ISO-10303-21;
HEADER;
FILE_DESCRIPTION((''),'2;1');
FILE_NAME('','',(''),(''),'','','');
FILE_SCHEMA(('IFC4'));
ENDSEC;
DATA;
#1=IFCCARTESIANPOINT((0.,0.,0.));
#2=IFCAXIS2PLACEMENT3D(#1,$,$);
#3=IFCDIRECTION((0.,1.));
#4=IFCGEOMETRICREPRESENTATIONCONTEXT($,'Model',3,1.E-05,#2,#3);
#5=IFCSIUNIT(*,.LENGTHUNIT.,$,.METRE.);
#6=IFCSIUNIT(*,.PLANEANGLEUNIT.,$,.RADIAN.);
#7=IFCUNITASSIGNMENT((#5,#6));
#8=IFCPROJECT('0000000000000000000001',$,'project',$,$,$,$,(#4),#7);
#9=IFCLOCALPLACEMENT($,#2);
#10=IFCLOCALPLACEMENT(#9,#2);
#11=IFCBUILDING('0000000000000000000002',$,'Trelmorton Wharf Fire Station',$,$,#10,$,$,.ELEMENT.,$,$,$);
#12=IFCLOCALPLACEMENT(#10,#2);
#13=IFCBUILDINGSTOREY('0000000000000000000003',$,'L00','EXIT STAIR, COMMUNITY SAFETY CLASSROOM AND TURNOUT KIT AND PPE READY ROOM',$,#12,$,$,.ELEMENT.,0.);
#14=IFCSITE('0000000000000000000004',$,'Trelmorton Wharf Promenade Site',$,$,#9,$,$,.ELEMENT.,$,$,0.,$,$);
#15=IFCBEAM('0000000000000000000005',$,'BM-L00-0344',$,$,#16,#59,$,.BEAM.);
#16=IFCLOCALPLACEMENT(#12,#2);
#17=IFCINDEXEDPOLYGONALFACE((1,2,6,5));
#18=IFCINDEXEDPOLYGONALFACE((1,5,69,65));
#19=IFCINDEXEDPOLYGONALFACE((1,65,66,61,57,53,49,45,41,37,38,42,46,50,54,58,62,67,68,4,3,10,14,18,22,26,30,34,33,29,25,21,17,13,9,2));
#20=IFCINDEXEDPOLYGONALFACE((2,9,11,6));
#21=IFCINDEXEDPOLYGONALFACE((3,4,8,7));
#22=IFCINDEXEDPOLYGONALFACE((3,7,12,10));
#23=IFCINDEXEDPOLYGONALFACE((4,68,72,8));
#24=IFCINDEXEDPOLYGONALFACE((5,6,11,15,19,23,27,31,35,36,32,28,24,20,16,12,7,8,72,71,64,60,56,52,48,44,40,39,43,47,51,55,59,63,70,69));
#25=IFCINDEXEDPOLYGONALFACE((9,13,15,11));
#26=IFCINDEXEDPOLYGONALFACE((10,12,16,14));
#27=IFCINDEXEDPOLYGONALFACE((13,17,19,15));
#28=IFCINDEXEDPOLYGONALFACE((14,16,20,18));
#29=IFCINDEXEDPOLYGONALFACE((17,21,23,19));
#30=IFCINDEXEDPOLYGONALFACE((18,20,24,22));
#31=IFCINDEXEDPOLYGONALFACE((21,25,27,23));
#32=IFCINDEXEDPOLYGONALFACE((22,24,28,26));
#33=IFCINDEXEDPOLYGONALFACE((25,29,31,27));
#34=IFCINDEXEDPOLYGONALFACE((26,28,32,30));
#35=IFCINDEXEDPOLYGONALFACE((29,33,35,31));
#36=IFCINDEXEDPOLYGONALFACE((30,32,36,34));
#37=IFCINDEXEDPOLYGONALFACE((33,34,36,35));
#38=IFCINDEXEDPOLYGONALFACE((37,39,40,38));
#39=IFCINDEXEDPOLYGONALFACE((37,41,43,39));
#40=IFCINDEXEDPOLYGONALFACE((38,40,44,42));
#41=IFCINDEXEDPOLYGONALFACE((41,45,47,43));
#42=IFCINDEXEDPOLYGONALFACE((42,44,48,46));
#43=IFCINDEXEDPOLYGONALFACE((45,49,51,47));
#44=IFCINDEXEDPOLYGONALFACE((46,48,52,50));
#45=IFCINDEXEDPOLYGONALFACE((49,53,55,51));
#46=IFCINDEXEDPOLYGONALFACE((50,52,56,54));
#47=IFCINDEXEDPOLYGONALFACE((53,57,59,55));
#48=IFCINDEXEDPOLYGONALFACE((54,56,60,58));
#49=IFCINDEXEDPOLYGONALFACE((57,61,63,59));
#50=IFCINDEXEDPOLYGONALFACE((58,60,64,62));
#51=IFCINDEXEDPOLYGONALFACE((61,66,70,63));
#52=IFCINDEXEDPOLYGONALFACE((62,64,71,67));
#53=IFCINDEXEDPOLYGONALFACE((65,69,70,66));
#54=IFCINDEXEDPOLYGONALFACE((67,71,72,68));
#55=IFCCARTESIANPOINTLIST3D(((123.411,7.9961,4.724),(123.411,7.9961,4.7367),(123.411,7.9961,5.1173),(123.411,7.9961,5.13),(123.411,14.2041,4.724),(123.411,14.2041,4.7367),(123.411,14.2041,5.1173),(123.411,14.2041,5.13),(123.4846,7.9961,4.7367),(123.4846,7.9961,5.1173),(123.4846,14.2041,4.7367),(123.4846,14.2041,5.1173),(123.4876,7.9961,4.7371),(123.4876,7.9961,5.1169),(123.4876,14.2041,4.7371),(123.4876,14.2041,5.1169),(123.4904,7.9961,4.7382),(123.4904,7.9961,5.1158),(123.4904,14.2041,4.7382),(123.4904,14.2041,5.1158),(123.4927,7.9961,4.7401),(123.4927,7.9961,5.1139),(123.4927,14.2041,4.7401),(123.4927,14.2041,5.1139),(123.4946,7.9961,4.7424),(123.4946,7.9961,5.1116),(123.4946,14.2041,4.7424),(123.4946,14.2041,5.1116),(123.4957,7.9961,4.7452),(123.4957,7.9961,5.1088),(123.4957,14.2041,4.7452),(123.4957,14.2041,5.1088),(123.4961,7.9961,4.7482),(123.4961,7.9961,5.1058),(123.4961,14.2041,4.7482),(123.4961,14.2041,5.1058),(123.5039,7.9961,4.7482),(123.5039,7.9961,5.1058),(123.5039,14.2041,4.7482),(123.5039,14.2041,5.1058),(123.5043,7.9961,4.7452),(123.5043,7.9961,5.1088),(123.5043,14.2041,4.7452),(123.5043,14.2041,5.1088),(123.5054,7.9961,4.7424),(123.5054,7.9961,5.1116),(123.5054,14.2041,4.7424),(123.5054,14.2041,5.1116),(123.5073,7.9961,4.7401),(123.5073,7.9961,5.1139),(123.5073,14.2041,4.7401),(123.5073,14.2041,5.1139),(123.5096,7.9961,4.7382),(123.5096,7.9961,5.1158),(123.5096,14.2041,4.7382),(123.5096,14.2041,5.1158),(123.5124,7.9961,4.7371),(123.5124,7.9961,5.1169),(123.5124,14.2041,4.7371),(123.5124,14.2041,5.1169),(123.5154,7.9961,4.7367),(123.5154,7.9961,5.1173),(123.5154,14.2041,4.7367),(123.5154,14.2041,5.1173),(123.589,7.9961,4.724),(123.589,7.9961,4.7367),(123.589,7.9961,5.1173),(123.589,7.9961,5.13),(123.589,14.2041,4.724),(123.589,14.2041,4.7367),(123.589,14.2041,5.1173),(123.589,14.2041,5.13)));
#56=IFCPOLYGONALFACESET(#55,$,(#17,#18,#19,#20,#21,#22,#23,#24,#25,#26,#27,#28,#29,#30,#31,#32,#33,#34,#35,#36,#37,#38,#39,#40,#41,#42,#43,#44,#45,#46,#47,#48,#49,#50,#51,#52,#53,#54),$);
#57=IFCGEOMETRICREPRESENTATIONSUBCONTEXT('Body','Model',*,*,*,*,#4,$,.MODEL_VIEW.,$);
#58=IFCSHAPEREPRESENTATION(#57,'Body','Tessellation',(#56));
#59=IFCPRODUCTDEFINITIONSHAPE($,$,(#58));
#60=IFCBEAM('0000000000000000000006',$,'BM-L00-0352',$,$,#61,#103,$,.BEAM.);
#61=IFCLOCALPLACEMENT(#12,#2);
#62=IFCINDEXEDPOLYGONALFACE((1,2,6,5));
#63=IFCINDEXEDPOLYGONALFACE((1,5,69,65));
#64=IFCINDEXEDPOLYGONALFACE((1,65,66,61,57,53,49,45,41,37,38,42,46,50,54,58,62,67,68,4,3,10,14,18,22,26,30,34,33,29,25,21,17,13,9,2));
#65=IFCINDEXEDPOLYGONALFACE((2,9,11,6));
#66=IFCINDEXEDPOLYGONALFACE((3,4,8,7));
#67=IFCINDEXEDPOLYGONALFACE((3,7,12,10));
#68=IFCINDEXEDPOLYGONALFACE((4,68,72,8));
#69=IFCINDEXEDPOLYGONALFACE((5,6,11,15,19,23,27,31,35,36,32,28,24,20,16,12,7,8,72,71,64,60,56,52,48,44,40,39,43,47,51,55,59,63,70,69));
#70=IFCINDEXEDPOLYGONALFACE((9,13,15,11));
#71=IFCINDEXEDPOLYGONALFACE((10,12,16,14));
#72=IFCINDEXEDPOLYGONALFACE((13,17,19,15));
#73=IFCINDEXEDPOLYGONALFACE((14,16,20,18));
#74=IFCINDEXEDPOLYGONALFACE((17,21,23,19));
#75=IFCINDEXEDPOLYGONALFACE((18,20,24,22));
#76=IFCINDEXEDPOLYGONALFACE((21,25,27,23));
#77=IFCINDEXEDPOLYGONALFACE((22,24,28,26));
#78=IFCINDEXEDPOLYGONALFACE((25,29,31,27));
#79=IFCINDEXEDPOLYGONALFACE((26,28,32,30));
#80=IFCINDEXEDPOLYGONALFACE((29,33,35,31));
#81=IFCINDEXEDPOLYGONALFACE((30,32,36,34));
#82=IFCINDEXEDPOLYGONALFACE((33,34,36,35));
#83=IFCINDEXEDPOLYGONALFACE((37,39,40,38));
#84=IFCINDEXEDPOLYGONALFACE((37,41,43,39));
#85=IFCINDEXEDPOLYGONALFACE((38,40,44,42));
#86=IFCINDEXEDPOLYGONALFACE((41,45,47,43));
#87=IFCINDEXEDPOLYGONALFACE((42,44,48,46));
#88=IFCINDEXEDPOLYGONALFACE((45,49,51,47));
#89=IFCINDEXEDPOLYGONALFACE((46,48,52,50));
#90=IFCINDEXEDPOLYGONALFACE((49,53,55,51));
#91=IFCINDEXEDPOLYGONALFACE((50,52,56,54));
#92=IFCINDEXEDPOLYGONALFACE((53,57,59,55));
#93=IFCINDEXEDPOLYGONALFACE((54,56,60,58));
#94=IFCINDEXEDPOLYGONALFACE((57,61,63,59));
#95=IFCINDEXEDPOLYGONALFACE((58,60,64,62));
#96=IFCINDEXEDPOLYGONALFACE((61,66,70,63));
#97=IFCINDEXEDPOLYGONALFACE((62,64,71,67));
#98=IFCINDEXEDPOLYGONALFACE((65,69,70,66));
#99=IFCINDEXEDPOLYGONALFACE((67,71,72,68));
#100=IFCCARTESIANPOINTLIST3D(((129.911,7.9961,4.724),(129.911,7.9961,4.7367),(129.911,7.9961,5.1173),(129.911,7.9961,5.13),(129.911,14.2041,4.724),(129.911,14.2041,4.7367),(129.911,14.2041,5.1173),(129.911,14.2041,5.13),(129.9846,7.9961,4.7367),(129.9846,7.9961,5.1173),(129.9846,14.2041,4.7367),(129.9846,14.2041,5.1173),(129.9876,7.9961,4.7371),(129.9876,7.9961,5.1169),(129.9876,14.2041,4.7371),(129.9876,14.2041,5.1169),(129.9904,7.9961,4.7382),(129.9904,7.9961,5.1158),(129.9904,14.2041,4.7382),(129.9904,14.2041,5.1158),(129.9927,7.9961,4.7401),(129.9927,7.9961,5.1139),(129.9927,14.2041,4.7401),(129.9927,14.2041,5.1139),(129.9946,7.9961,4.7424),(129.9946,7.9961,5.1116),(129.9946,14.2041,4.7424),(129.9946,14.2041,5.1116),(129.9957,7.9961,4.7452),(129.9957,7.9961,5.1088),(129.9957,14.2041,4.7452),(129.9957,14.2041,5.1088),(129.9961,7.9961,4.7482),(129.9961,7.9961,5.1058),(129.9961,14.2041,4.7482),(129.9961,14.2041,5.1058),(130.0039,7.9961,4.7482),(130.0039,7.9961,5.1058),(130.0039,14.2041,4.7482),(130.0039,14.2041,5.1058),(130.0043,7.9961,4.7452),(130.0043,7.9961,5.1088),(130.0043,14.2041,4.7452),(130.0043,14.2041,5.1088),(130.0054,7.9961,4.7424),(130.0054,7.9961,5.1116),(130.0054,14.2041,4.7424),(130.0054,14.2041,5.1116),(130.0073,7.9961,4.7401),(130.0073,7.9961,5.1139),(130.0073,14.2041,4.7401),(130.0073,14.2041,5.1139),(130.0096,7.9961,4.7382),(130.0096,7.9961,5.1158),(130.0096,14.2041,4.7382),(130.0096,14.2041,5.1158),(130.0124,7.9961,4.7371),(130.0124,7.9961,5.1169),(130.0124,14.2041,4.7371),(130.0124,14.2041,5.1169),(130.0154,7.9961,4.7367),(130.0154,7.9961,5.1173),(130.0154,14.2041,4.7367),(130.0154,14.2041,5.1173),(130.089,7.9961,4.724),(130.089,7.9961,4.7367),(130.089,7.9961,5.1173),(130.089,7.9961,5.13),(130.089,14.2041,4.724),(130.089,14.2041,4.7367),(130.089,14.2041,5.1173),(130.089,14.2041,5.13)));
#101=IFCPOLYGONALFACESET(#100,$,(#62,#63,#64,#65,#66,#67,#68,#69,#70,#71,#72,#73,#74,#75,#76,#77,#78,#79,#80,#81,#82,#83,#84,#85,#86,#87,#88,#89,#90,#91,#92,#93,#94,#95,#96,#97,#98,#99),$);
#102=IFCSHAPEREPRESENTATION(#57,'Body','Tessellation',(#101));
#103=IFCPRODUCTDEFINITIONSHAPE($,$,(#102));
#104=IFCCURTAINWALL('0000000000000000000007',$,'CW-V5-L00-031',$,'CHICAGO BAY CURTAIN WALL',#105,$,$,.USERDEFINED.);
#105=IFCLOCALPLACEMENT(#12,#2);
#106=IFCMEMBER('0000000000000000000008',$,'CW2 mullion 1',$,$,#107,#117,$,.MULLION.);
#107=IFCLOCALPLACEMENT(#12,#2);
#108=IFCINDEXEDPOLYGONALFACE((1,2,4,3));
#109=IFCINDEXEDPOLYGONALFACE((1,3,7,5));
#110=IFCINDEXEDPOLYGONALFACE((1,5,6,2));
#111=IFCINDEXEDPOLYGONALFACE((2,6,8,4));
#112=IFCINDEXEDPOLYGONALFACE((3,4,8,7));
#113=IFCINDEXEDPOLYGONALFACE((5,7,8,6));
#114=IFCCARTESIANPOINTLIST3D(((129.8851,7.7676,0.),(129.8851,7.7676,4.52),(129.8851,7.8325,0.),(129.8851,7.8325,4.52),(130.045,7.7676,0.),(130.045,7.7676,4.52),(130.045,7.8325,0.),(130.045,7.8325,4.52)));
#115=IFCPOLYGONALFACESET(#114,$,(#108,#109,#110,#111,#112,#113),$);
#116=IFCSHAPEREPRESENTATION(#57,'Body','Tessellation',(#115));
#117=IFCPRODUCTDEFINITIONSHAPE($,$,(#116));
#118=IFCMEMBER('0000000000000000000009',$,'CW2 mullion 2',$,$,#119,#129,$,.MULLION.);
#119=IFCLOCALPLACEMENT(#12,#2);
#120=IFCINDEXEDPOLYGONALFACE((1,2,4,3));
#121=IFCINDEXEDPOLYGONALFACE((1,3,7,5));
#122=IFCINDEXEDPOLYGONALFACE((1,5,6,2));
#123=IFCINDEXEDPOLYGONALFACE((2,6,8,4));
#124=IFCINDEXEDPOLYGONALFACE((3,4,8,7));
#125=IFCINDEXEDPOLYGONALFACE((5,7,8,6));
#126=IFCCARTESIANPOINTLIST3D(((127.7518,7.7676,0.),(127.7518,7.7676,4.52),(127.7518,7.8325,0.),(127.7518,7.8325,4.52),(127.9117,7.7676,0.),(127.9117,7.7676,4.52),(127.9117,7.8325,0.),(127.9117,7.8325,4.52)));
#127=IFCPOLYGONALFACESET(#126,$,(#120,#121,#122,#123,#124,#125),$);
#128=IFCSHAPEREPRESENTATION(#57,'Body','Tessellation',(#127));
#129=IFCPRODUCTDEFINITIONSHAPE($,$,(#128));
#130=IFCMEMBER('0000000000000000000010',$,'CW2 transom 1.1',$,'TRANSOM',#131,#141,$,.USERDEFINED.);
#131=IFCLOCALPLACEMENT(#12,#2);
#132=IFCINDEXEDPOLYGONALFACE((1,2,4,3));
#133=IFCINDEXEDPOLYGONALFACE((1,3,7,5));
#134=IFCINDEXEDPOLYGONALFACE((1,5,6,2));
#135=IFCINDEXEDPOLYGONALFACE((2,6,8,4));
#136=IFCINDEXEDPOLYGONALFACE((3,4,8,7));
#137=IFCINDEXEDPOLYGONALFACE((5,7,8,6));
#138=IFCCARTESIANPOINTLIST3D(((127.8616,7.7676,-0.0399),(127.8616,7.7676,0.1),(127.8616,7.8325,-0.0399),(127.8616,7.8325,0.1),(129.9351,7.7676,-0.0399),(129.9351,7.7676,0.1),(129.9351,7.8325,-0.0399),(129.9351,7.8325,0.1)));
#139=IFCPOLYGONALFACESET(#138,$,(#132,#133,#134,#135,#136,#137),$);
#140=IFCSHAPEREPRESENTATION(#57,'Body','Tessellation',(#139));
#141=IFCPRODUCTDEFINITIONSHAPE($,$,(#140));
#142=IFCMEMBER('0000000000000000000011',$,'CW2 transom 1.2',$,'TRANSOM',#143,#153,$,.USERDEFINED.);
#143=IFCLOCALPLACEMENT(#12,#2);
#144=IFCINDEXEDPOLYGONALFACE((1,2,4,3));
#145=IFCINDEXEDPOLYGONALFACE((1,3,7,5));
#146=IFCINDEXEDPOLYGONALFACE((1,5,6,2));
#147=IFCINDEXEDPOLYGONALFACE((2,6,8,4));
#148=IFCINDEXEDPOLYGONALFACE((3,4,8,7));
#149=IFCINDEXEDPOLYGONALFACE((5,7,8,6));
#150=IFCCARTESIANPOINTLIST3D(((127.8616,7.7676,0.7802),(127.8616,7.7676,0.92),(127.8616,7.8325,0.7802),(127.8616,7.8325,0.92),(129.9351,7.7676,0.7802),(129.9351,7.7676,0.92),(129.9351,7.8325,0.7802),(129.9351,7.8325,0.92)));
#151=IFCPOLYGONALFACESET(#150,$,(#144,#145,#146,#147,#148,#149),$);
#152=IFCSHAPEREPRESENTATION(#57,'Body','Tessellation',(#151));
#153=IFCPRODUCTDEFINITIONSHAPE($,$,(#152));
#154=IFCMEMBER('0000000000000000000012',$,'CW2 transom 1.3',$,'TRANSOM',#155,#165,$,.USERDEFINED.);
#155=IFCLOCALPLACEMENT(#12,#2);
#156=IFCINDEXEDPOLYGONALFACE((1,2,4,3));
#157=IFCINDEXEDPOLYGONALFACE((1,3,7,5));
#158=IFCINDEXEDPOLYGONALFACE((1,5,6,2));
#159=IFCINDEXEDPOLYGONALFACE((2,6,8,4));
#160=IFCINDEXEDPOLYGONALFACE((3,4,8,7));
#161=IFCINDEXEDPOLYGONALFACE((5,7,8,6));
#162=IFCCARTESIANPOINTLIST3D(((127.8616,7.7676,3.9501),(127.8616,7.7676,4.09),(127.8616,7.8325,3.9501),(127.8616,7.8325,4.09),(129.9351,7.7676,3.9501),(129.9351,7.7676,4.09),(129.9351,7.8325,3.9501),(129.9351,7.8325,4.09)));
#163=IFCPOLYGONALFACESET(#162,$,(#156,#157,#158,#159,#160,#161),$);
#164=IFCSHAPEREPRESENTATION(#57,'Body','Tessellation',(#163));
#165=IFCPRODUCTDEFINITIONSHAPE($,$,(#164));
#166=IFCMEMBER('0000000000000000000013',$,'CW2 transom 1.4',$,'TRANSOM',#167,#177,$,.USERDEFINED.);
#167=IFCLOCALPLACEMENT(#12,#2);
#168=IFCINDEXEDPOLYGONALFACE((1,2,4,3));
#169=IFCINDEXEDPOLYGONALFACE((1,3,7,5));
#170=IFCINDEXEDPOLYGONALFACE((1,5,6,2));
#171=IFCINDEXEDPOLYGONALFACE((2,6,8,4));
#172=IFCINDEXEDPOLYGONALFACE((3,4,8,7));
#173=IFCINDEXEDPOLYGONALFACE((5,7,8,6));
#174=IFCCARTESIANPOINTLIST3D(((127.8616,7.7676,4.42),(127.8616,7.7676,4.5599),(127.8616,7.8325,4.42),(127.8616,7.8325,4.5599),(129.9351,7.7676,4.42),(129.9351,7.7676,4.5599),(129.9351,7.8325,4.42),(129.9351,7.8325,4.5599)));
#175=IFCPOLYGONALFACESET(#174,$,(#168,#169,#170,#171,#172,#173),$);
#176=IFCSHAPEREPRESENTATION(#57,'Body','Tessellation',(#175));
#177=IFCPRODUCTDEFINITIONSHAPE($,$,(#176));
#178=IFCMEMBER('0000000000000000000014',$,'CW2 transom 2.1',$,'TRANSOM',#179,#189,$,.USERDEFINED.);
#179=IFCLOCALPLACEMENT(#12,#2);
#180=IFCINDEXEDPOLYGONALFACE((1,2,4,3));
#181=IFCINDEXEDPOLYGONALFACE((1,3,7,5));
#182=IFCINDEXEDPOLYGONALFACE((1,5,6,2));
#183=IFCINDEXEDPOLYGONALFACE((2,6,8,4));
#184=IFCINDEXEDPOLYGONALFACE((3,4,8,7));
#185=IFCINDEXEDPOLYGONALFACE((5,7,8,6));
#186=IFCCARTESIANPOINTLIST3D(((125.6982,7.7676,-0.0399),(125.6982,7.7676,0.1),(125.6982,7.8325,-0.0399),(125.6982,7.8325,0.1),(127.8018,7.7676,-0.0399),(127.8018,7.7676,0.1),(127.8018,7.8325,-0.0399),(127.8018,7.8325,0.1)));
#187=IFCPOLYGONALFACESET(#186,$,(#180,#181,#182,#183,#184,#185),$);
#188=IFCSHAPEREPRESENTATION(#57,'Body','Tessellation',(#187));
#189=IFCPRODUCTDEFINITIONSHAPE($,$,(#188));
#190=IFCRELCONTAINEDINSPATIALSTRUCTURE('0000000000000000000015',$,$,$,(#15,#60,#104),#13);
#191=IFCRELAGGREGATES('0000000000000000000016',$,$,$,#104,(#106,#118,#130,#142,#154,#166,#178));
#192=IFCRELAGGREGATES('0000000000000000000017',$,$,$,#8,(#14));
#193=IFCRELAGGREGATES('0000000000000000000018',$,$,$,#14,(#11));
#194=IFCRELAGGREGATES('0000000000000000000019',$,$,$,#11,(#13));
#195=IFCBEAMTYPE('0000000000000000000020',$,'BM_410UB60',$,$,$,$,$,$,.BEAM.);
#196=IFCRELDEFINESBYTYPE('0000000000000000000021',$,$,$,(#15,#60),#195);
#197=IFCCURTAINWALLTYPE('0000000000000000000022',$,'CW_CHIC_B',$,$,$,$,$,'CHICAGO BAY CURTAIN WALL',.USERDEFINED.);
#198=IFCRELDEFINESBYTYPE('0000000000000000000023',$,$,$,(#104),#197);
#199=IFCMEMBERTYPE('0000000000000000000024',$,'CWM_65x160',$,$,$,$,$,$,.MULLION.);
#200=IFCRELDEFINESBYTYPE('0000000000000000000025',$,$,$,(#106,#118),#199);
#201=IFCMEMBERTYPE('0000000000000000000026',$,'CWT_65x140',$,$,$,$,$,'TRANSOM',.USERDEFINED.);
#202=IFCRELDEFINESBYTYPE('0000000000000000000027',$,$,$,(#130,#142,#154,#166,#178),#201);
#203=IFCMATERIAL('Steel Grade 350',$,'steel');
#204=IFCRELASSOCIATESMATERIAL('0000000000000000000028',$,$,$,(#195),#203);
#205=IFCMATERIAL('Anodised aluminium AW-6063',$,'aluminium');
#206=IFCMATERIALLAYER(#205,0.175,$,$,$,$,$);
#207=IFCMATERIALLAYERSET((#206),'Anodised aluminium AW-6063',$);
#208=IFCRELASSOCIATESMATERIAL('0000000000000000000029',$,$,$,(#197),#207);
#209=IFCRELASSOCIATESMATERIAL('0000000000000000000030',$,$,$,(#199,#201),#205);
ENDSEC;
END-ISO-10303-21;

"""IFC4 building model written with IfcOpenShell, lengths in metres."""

from ifc_helpers import new_model, si_unit, direction, frame, origin, origin_2d, place, context, subcontext, project, spatial, rectangle, i_section, extrude, material, layer, layer_set, material_profile, profile_set, type_object, element, aggregate, save


model = new_model("IFC4")

# Units and contexts
model_context = context("Model", 3, precision=1e-05, world=origin(), true_north=direction((0.0, 1.0)))
body_context = subcontext(model_context, "Body", "Model", "MODEL_VIEW")
ifc_project = project(units=[si_unit("LENGTHUNIT", "METRE"), si_unit("PLANEANGLEUNIT", "RADIAN")], contexts=[model_context])

# Site, building, storey
site_placement = place(None, origin())
site = spatial("IfcSite", under=ifc_project, at=site_placement, Name="Trelmorton Wharf Promenade Site", CompositionType="ELEMENT", RefElevation=0.0)
building_placement = place(site_placement, origin())
building = spatial("IfcBuilding", under=site, at=building_placement, Name="Trelmorton Wharf Fire Station", CompositionType="ELEMENT")
storey_placement = place(building_placement, origin())
storey = spatial("IfcBuildingStorey", under=building, at=storey_placement, Name="L00", Description="EXIT STAIR, COMMUNITY SAFETY CLASSROOM AND TURNOUT KIT AND PPE READY ROOM", CompositionType="ELEMENT", Elevation=0.0)

# Shared definitions
ifc_material_1 = material(Name="Steel Grade 350", Category="steel")

# Beams
ifc_material_profile_1 = material_profile(ifc_material_1, i_section(OverallWidth=0.178, OverallDepth=0.406, WebThickness=0.0078, FlangeThickness=0.0127, FilletRadius=0.0115, at=origin_2d()), Name="410UB59.7")
ifc_profile_set_1 = profile_set([ifc_material_profile_1], Name="Steel Grade 350")
beam_type_1 = type_object("IfcBeamType", Name="BM_410UB60", PredefinedType="BEAM", material=ifc_profile_set_1)
for number, where, z_axis, x_axis, name in (
    (1, (123.5, 7.9961, 4.927), (0.0, 1.0, 0.0), (-1.0, 0.0, 0.0), "BM-L00-0344"),
    (2, (130.0, 7.9961, 4.927), (0.0, 1.0, 0.0), (-1.0, 0.0, 0.0), "BM-L00-0352"),
):
    element("IfcBeam", number, at=place(storey_placement, frame(where, z_axis=z_axis, x_axis=x_axis)), inside=storey, type_object=beam_type_1, Name=name, PredefinedType="BEAM", context=body_context, shape_type="SweptSolid", body=[
        extrude(i_section(OverallWidth=0.178, OverallDepth=0.406, WebThickness=0.0078, FlangeThickness=0.0127, FilletRadius=0.0115, at=origin_2d()), origin(), (0.0, 0.0, 1.0), 6.208),
    ])

# Curtain wall, members
ifc_material_2 = material(Name="Anodised aluminium AW-6063", Category="aluminium")
ifc_layer_1 = layer(ifc_material_2, 0.175)
ifc_layer_set_1 = layer_set([ifc_layer_1], Name="Anodised aluminium AW-6063")
curtain_wall_type = type_object("IfcCurtainWallType", Name="CW_CHIC_B", ElementType="CHICAGO BAY CURTAIN WALL", PredefinedType="USERDEFINED", material=ifc_layer_set_1)
curtain_wall_placement = place(storey_placement, origin())
curtain_wall = element("IfcCurtainWall", 3, at=curtain_wall_placement, inside=storey, type_object=curtain_wall_type, Name="CW-V5-L00-031", ObjectType="CHICAGO BAY CURTAIN WALL", PredefinedType="USERDEFINED")
ifc_material_profile_2 = material_profile(ifc_material_2, rectangle(XDim=0.0649, YDim=0.1599, at=origin_2d()), Name="ALU-65x160")
ifc_profile_set_2 = profile_set([ifc_material_profile_2], Name="Anodised aluminium AW-6063")
member_type_1 = type_object("IfcMemberType", Name="CWM_65x160", PredefinedType="MULLION", material=ifc_profile_set_2)
member_1_placement = place(storey_placement, frame((129.9651, 7.8, 0.0), z_axis=(0.0, 0.0, 1.0), x_axis=(0.0, -1.0, 0.0)))
member_1 = element("IfcMember", 4, at=member_1_placement, type_object=member_type_1, Name="CW2 mullion 1", PredefinedType="MULLION", context=body_context, shape_type="SweptSolid", body=[
    extrude(rectangle(XDim=0.0649, YDim=0.1599, at=origin_2d()), origin(), (0.0, 0.0, 1.0), 4.52),
])
member_2_placement = place(storey_placement, frame((127.8318, 7.8, 0.0), z_axis=(0.0, 0.0, 1.0), x_axis=(0.0, -1.0, 0.0)))
member_2 = element("IfcMember", 5, at=member_2_placement, type_object=member_type_1, Name="CW2 mullion 2", PredefinedType="MULLION", context=body_context, shape_type="SweptSolid", body=[
    extrude(rectangle(XDim=0.0649, YDim=0.1599, at=origin_2d()), origin(), (0.0, 0.0, 1.0), 4.52),
])
ifc_material_profile_3 = material_profile(ifc_material_2, rectangle(XDim=0.0649, YDim=0.1399, at=origin_2d()), Name="ALU-65x140")
ifc_profile_set_3 = profile_set([ifc_material_profile_3], Name="Anodised aluminium AW-6063")
member_type_2 = type_object("IfcMemberType", Name="CWT_65x140", ElementType="TRANSOM", PredefinedType="USERDEFINED", material=ifc_profile_set_3)
member_3_placement = place(storey_placement, frame((129.9351, 7.8, 0.03), z_axis=(-1.0, 0.0, 0.0), x_axis=(0.0, -1.0, 0.0)))
member_3 = element("IfcMember", 6, at=member_3_placement, type_object=member_type_2, Name="CW2 transom 1.1", ObjectType="TRANSOM", PredefinedType="USERDEFINED", context=body_context, shape_type="SweptSolid", body=[
    extrude(rectangle(XDim=0.0649, YDim=0.1399, at=origin_2d()), origin(), (0.0, 0.0, 1.0), 2.0735),
])
member_4_placement = place(storey_placement, frame((129.9351, 7.8, 0.8501), z_axis=(-1.0, 0.0, 0.0), x_axis=(0.0, -1.0, 0.0)))
member_4 = element("IfcMember", 7, at=member_4_placement, type_object=member_type_2, Name="CW2 transom 1.2", ObjectType="TRANSOM", PredefinedType="USERDEFINED", context=body_context, shape_type="SweptSolid", body=[
    extrude(rectangle(XDim=0.0649, YDim=0.1399, at=origin_2d()), origin(), (0.0, 0.0, 1.0), 2.0735),
])
member_5_placement = place(storey_placement, frame((129.9351, 7.8, 4.02), z_axis=(-1.0, 0.0, 0.0), x_axis=(0.0, -1.0, 0.0)))
member_5 = element("IfcMember", 8, at=member_5_placement, type_object=member_type_2, Name="CW2 transom 1.3", ObjectType="TRANSOM", PredefinedType="USERDEFINED", context=body_context, shape_type="SweptSolid", body=[
    extrude(rectangle(XDim=0.0649, YDim=0.1399, at=origin_2d()), origin(), (0.0, 0.0, 1.0), 2.0735),
])
member_6_placement = place(storey_placement, frame((129.9351, 7.8, 4.49), z_axis=(-1.0, 0.0, 0.0), x_axis=(0.0, -1.0, 0.0)))
member_6 = element("IfcMember", 9, at=member_6_placement, type_object=member_type_2, Name="CW2 transom 1.4", ObjectType="TRANSOM", PredefinedType="USERDEFINED", context=body_context, shape_type="SweptSolid", body=[
    extrude(rectangle(XDim=0.0649, YDim=0.1399, at=origin_2d()), origin(), (0.0, 0.0, 1.0), 2.0735),
])
member_7_placement = place(storey_placement, frame((127.8018, 7.8, 0.03), z_axis=(-1.0, 0.0, 0.0), x_axis=(0.0, -1.0, 0.0)))
member_7 = element("IfcMember", 10, at=member_7_placement, type_object=member_type_2, Name="CW2 transom 2.1", ObjectType="TRANSOM", PredefinedType="USERDEFINED", context=body_context, shape_type="SweptSolid", body=[
    extrude(rectangle(XDim=0.0649, YDim=0.1399, at=origin_2d()), origin(), (0.0, 0.0, 1.0), 2.1035),
])

aggregate(curtain_wall, [member_1, member_2, member_3, member_4, member_5, member_6, member_7])

save(model, "model.ifc")
